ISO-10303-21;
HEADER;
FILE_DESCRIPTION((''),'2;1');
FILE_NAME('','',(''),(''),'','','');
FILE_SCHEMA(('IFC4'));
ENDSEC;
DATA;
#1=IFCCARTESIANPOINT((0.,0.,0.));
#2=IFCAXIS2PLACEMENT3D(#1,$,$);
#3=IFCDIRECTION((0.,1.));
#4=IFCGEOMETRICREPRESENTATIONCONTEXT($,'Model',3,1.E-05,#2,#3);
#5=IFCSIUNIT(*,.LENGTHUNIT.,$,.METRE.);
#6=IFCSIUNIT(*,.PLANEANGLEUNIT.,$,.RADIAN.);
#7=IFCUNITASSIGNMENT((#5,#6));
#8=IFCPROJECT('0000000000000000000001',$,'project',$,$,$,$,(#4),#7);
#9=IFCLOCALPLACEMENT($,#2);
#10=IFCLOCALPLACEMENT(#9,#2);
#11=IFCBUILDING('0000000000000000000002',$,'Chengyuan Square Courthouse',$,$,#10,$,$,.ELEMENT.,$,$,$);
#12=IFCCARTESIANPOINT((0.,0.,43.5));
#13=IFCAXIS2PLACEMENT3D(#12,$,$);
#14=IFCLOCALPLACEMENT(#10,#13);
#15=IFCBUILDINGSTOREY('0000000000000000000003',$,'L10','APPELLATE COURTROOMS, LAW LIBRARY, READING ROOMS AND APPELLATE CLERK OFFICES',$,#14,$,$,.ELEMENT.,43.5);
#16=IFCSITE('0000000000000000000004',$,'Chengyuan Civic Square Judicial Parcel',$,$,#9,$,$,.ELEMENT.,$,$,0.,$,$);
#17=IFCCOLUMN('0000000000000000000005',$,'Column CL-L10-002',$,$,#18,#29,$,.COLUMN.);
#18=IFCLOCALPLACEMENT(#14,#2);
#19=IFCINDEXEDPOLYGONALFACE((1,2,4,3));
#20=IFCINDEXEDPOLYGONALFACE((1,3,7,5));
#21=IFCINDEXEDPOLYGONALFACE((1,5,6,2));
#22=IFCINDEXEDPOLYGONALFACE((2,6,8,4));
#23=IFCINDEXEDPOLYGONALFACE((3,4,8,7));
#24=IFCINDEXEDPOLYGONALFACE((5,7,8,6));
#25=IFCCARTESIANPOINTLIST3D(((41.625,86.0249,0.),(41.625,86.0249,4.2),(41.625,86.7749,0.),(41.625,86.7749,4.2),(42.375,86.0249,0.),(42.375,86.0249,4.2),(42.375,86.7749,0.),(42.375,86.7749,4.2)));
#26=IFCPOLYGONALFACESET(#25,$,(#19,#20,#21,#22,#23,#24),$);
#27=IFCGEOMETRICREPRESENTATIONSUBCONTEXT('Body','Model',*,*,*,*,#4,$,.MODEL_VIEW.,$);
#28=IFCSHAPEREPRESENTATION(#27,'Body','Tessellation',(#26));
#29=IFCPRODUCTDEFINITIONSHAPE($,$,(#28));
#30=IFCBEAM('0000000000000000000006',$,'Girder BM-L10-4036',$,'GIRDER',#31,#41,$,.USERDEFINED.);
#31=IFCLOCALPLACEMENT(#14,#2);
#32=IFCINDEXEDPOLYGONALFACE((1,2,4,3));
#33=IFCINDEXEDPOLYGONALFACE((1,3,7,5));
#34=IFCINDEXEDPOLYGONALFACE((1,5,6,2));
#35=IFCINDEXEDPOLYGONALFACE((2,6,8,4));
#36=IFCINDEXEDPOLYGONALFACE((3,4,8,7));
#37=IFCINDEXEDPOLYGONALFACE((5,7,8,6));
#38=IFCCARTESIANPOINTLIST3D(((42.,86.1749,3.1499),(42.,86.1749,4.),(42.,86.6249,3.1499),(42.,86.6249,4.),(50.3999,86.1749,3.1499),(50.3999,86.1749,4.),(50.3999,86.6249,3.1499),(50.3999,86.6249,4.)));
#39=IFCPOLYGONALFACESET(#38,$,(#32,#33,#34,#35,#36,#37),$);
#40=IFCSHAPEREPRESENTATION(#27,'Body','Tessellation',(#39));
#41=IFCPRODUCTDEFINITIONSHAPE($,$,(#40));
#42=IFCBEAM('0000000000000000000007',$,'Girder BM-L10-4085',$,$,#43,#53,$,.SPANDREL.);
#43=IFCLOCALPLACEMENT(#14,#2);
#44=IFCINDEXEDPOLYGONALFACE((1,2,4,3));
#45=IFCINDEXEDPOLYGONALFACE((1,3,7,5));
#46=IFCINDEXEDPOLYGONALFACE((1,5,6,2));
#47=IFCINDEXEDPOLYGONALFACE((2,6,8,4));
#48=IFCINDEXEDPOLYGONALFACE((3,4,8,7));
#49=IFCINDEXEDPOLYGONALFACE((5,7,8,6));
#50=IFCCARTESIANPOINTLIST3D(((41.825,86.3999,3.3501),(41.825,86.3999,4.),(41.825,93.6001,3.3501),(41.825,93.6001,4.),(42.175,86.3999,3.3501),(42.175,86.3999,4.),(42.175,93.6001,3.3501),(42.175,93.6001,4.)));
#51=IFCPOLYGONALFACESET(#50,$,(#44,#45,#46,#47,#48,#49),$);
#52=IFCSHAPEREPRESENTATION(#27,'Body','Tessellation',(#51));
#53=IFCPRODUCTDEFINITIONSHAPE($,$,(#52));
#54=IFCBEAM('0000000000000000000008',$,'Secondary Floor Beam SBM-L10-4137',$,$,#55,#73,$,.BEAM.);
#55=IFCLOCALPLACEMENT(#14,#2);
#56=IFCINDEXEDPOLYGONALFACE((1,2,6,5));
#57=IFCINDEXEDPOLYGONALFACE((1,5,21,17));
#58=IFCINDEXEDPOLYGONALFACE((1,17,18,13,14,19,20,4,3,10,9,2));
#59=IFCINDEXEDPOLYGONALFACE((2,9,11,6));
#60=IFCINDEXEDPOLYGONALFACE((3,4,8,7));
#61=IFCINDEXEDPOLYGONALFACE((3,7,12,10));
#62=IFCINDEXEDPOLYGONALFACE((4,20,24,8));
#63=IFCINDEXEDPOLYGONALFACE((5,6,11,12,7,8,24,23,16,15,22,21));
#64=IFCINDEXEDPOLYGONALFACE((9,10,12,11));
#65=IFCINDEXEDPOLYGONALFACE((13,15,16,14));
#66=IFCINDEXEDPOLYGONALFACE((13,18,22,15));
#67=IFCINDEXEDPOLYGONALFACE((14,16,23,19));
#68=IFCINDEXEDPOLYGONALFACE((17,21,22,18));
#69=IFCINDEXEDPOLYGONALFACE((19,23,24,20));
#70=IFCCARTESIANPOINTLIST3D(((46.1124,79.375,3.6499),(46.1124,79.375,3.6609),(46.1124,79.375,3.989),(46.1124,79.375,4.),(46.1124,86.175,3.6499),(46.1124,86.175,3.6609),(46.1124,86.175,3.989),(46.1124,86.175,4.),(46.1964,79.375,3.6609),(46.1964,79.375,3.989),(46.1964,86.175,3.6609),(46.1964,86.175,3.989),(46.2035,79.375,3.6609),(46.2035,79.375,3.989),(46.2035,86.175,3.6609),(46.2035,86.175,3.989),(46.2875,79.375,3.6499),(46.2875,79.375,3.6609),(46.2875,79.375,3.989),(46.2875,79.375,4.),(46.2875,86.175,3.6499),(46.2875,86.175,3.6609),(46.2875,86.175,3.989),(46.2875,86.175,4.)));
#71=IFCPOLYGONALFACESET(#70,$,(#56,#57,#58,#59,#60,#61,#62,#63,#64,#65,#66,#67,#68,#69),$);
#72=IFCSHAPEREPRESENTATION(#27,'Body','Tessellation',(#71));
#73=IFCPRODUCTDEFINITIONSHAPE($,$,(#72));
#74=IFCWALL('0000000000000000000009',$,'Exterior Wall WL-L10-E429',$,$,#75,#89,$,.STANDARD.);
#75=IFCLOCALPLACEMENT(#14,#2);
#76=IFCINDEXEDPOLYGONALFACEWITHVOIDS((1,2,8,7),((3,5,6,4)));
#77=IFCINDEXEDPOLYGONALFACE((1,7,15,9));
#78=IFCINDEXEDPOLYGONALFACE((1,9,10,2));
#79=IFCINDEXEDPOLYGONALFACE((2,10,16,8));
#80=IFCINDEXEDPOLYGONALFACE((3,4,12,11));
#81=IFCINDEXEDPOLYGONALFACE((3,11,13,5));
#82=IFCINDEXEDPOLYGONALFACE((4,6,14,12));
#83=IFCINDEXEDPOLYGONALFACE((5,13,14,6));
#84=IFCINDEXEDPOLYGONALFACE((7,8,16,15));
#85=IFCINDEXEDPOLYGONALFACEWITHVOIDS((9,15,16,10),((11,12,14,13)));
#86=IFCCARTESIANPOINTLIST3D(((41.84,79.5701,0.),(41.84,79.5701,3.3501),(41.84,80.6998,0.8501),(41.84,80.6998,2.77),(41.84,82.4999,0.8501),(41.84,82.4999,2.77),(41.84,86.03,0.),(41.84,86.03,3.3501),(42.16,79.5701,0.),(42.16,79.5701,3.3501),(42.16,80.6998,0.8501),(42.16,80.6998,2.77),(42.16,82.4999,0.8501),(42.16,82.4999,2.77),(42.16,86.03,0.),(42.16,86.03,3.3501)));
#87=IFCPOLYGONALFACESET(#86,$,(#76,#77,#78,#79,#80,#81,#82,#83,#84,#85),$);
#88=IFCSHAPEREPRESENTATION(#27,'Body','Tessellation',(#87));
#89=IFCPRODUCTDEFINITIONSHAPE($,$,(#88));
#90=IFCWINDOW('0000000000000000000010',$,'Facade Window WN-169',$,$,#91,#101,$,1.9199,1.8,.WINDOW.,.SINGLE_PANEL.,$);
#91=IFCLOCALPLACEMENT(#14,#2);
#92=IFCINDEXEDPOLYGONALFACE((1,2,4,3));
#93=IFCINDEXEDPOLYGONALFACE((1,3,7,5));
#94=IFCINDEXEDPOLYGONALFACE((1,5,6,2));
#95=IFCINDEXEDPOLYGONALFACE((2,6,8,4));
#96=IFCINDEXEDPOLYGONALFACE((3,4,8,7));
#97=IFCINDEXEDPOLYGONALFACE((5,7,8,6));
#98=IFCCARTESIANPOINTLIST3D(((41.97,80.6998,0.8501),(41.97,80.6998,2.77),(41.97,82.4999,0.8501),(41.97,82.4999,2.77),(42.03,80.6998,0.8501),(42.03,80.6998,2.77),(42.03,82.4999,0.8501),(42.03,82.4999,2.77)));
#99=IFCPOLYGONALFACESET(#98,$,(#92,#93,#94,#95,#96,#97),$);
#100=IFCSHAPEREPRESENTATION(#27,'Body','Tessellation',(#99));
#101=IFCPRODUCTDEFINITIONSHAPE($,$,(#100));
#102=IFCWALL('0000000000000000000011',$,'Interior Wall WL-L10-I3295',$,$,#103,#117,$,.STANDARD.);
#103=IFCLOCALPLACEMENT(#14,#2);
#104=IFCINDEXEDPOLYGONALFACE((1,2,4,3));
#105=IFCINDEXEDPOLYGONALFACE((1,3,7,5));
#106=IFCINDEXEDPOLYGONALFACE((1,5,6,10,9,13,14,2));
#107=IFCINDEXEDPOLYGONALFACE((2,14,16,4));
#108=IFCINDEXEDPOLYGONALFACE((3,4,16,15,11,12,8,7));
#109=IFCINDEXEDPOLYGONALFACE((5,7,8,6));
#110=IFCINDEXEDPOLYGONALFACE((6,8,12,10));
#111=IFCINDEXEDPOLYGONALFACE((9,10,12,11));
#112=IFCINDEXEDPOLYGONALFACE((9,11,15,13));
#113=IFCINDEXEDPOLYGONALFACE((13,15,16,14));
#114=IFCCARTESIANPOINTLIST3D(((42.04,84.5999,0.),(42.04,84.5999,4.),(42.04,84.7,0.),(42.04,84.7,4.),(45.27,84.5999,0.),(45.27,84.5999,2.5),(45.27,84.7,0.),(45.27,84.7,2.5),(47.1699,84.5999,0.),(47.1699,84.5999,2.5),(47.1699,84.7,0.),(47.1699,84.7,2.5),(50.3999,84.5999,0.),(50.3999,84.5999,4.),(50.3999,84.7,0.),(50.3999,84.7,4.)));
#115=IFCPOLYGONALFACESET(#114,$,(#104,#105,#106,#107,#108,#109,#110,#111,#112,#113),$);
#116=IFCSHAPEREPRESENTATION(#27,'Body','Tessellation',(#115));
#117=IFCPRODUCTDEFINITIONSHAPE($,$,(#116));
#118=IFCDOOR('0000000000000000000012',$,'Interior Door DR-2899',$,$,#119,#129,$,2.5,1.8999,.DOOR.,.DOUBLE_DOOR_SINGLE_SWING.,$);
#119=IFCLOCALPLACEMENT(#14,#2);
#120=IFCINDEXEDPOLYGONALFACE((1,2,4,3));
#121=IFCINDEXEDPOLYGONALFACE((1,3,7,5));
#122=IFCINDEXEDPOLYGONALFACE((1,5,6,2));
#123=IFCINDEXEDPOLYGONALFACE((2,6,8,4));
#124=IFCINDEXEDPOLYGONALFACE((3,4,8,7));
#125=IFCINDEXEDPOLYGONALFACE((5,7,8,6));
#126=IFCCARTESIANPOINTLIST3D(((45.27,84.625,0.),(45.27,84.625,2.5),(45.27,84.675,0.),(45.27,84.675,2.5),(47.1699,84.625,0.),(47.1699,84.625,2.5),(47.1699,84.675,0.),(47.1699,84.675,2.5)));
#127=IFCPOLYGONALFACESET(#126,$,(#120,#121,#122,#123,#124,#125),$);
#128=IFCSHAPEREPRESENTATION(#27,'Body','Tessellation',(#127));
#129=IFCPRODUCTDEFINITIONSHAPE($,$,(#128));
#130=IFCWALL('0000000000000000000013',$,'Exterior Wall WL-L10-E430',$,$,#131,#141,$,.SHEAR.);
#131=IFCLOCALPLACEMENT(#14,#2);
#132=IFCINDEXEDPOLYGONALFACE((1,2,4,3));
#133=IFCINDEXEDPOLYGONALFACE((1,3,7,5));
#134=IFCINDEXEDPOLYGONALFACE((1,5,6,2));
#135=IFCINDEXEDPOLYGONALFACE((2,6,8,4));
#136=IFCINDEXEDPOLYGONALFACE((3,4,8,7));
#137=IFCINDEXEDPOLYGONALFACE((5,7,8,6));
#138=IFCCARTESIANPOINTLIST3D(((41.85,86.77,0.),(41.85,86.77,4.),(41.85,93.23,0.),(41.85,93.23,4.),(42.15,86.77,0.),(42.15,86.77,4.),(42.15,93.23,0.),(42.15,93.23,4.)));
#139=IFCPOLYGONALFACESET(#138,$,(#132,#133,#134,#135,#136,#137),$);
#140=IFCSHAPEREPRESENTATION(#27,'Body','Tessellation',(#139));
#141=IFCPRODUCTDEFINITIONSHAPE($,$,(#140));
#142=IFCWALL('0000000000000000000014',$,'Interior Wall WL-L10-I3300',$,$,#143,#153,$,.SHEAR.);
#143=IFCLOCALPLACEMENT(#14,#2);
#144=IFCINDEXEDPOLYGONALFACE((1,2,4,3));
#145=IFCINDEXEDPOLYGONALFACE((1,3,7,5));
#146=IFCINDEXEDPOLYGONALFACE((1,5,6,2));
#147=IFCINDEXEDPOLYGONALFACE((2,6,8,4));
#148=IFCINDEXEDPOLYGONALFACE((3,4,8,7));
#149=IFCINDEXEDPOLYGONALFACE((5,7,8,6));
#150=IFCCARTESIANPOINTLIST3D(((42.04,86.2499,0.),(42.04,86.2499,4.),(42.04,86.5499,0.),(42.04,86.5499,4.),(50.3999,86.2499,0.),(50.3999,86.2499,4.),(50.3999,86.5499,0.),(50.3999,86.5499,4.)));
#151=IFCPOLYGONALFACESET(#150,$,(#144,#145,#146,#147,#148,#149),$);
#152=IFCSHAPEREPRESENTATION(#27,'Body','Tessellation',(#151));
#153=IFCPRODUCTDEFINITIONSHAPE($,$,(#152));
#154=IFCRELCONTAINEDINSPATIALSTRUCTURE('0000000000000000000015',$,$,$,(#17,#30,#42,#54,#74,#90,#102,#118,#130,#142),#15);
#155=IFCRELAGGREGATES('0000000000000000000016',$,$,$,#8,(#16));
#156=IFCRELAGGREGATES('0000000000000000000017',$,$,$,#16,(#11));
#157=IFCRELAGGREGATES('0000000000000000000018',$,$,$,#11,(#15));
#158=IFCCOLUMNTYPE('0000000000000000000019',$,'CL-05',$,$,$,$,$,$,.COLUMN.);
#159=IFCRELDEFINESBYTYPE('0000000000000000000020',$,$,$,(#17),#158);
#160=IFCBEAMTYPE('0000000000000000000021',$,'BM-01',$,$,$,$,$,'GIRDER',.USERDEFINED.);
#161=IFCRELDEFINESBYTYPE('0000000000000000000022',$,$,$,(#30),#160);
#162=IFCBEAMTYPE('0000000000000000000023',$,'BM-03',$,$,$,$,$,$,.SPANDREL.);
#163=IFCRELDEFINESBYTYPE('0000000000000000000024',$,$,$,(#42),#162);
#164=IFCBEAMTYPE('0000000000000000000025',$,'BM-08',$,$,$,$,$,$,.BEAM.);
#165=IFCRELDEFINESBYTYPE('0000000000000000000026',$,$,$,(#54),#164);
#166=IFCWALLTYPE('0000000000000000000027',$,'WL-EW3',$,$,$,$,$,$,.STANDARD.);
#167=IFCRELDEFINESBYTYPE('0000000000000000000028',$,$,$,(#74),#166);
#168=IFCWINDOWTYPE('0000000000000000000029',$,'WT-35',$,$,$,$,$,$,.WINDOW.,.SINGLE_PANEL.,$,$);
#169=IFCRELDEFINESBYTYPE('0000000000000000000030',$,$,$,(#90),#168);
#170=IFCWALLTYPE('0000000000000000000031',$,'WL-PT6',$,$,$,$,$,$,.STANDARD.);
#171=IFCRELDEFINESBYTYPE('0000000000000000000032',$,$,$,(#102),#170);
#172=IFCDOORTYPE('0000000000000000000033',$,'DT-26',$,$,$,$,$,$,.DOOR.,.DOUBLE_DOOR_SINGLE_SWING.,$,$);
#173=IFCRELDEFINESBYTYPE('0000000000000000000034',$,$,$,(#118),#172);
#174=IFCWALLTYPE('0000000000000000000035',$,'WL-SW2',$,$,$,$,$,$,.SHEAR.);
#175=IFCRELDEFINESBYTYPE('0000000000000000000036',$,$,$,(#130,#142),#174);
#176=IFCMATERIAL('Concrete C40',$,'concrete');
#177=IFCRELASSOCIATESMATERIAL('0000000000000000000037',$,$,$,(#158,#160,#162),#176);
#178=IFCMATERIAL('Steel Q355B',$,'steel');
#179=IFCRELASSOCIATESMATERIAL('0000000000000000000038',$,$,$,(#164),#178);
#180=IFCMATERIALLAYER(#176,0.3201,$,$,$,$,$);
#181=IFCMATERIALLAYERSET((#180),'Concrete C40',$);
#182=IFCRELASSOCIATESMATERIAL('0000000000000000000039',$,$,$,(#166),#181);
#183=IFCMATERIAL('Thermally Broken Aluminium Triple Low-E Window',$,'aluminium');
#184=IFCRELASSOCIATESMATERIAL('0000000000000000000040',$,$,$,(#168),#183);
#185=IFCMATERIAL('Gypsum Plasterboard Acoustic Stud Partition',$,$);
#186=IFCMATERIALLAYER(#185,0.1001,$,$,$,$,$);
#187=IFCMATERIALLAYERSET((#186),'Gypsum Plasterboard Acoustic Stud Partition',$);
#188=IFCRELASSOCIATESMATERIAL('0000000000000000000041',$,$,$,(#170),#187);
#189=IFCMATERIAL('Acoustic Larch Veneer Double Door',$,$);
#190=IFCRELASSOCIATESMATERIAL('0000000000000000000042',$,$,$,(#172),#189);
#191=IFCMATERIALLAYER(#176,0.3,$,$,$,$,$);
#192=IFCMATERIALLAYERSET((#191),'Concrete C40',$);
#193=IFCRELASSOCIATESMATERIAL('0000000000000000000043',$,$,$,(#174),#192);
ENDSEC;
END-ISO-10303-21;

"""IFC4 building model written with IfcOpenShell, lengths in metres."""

from ifc_helpers import new_model, si_unit, direction, frame, frame_2d, origin, origin_2d, place, context, subcontext, project, spatial, rectangle, i_section, extrude, material, layer, layer_set, material_profile, profile_set, type_object, element, fill, save


model = new_model("IFC4")

# Units and contexts
model_context = context("Model", 3, precision=1e-05, world=origin(), true_north=direction((0.0, 1.0)))
body_context = subcontext(model_context, "Body", "Model", "MODEL_VIEW")
ifc_project = project(units=[si_unit("LENGTHUNIT", "METRE"), si_unit("PLANEANGLEUNIT", "RADIAN")], contexts=[model_context])

# Site, building, storey
site_placement = place(None, origin())
site = spatial("IfcSite", under=ifc_project, at=site_placement, Name="Chengyuan Civic Square Judicial Parcel", CompositionType="ELEMENT", RefElevation=0.0)
building_placement = place(site_placement, origin())
building = spatial("IfcBuilding", under=site, at=building_placement, Name="Chengyuan Square Courthouse", CompositionType="ELEMENT")
storey_placement = place(building_placement, frame((0.0, 0.0, 43.5)))
storey = spatial("IfcBuildingStorey", under=building, at=storey_placement, Name="L10", Description="APPELLATE COURTROOMS, LAW LIBRARY, READING ROOMS AND APPELLATE CLERK OFFICES", CompositionType="ELEMENT", Elevation=43.5)

# Column
ifc_material_1 = material(Name="Concrete C40", Category="concrete")
ifc_material_profile_1 = material_profile(ifc_material_1, rectangle(XDim=0.75, YDim=0.75, at=origin_2d()), Name="RC-COL-750x750")
ifc_profile_set_1 = profile_set([ifc_material_profile_1], Name="Concrete C40")
column_type = type_object("IfcColumnType", Name="CL-05", PredefinedType="COLUMN", material=ifc_profile_set_1)
column_placement = place(storey_placement, frame((42.0, 86.3999, 0.0), z_axis=(0.0, 0.0, 1.0), x_axis=(1.0, 0.0, 0.0)))
element("IfcColumn", 1, at=column_placement, inside=storey, type_object=column_type, Name="Column CL-L10-002", PredefinedType="COLUMN", context=body_context, shape_type="SweptSolid", body=[
    extrude(rectangle(XDim=0.75, YDim=0.75, at=origin_2d()), origin(), (0.0, 0.0, 1.0), 4.2),
])

# Beams
ifc_material_profile_2 = material_profile(ifc_material_1, rectangle(XDim=0.45, YDim=0.8501, at=origin_2d()), Name="RC-BM-450x850")
ifc_profile_set_2 = profile_set([ifc_material_profile_2], Name="Concrete C40")
beam_type_1 = type_object("IfcBeamType", Name="BM-01", ElementType="GIRDER", PredefinedType="USERDEFINED", material=ifc_profile_set_2)
beam_1_placement = place(storey_placement, frame((42.0, 86.3999, 3.575), z_axis=(1.0, 0.0, 0.0), x_axis=(0.0, 1.0, 0.0)))
element("IfcBeam", 2, at=beam_1_placement, inside=storey, type_object=beam_type_1, Name="Girder BM-L10-4036", ObjectType="GIRDER", PredefinedType="USERDEFINED", context=body_context, shape_type="SweptSolid", body=[
    extrude(rectangle(XDim=0.45, YDim=0.8501, at=origin_2d()), origin(), (0.0, 0.0, 1.0), 8.3999),
])
ifc_material_profile_3 = material_profile(ifc_material_1, rectangle(XDim=0.3501, YDim=0.6499, at=origin_2d()), Name="RC-BM-350x650")
ifc_profile_set_3 = profile_set([ifc_material_profile_3], Name="Concrete C40")
beam_type_2 = type_object("IfcBeamType", Name="BM-03", PredefinedType="SPANDREL", material=ifc_profile_set_3)
beam_2_placement = place(storey_placement, frame((42.0, 86.3999, 3.675), z_axis=(0.0, 1.0, 0.0), x_axis=(-1.0, 0.0, 0.0)))
element("IfcBeam", 3, at=beam_2_placement, inside=storey, type_object=beam_type_2, Name="Girder BM-L10-4085", PredefinedType="SPANDREL", context=body_context, shape_type="SweptSolid", body=[
    extrude(rectangle(XDim=0.3501, YDim=0.6499, at=origin_2d()), origin(), (0.0, 0.0, 1.0), 7.2002),
])
ifc_material_2 = material(Name="Steel Q355B", Category="steel")
ifc_material_profile_4 = material_profile(ifc_material_2, i_section(OverallWidth=0.175, OverallDepth=0.3501, WebThickness=0.0071, FlangeThickness=0.011, at=origin_2d()), Name="HN 350x175x7x11")
ifc_profile_set_4 = profile_set([ifc_material_profile_4], Name="Steel Q355B")
beam_type_3 = type_object("IfcBeamType", Name="BM-08", PredefinedType="BEAM", material=ifc_profile_set_4)
beam_3_placement = place(storey_placement, frame((46.2, 79.375, 3.825), z_axis=(0.0, 1.0, 0.0), x_axis=(-1.0, 0.0, 0.0)))
element("IfcBeam", 4, at=beam_3_placement, inside=storey, type_object=beam_type_3, Name="Secondary Floor Beam SBM-L10-4137", PredefinedType="BEAM", context=body_context, shape_type="SweptSolid", body=[
    extrude(i_section(OverallWidth=0.175, OverallDepth=0.3501, WebThickness=0.0071, FlangeThickness=0.011, at=origin_2d()), origin(), (0.0, 0.0, 1.0), 6.8),
])

# Wall, opening, window
ifc_layer_1 = layer(ifc_material_1, 0.3201)
ifc_layer_set_1 = layer_set([ifc_layer_1], Name="Concrete C40")
wall_type_1 = type_object("IfcWallType", Name="WL-EW3", PredefinedType="STANDARD", material=ifc_layer_set_1)
wall_1_placement = place(storey_placement, frame((42.0, 79.5701, 0.0), z_axis=(0.0, 0.0, 1.0), x_axis=(0.0, 1.0, 0.0)))
wall_1 = element("IfcWall", 5, at=wall_1_placement, inside=storey, type_object=wall_type_1, Name="Exterior Wall WL-L10-E429", PredefinedType="STANDARD", context=body_context, shape_type="SweptSolid", body=[
    extrude(rectangle(XDim=6.46, YDim=0.3201, at=frame_2d((3.23, 0.0))), origin(), (0.0, 0.0, 1.0), 3.3501),
])
opening_1_placement = place(wall_1_placement, frame((1.1299, 0.0, 0.8501)))
opening_1 = element("IfcOpeningElement", 6, at=opening_1_placement, cuts=wall_1, PredefinedType="OPENING", context=body_context, shape_type="SweptSolid", body=[
    extrude(rectangle(XDim=1.8, YDim=1.9199, at=frame_2d((0.8999, 0.96))), frame((0.0, 0.1721, 0.0), z_axis=(0.0, -1.0, 0.0), x_axis=(1.0, 0.0, 0.0)), (0.0, 0.0, 1.0), 0.344),
])
ifc_material_3 = material(Name="Thermally Broken Aluminium Triple Low-E Window", Category="aluminium")
window_type = type_object("IfcWindowType", Name="WT-35", PartitioningType="SINGLE_PANEL", PredefinedType="WINDOW", material=ifc_material_3)
window_placement = place(opening_1_placement, origin())
window = element("IfcWindow", 7, at=window_placement, inside=storey, type_object=window_type, Name="Facade Window WN-169", OverallHeight=1.9199, OverallWidth=1.8, PartitioningType="SINGLE_PANEL", PredefinedType="WINDOW", context=body_context, shape_type="SweptSolid", body=[
    extrude(rectangle(XDim=1.8, YDim=1.9199, at=frame_2d((0.8999, 0.96))), frame((0.0, 0.03, 0.0), z_axis=(0.0, -1.0, 0.0), x_axis=(1.0, 0.0, 0.0)), (0.0, 0.0, 1.0), 0.0601),
])
fill(opening_1, window)

# Wall, opening, door
ifc_material_4 = material(Name="Gypsum Plasterboard Acoustic Stud Partition")
ifc_layer_2 = layer(ifc_material_4, 0.1001)
ifc_layer_set_2 = layer_set([ifc_layer_2], Name="Gypsum Plasterboard Acoustic Stud Partition")
wall_type_2 = type_object("IfcWallType", Name="WL-PT6", PredefinedType="STANDARD", material=ifc_layer_set_2)
wall_2_placement = place(storey_placement, frame((42.04, 84.6499, 0.0), z_axis=(0.0, 0.0, 1.0), x_axis=(1.0, 0.0, 0.0)))
wall_2 = element("IfcWall", 8, at=wall_2_placement, inside=storey, type_object=wall_type_2, Name="Interior Wall WL-L10-I3295", PredefinedType="STANDARD", context=body_context, shape_type="SweptSolid", body=[
    extrude(rectangle(XDim=8.3599, YDim=0.1001, at=frame_2d((4.1799, 0.0))), origin(), (0.0, 0.0, 1.0), 4.0),
])
opening_2_placement = place(wall_2_placement, frame((3.23, 0.0, 0.0)))
opening_2 = element("IfcOpeningElement", 9, at=opening_2_placement, cuts=wall_2, PredefinedType="OPENING", context=body_context, shape_type="SweptSolid", body=[
    extrude(rectangle(XDim=1.8999, YDim=2.5, at=frame_2d((0.95, 1.25))), frame((0.0, 0.062, 0.0), z_axis=(0.0, -1.0, 0.0), x_axis=(1.0, 0.0, 0.0)), (0.0, 0.0, 1.0), 0.124),
])
ifc_material_5 = material(Name="Acoustic Larch Veneer Double Door")
door_type = type_object("IfcDoorType", Name="DT-26", OperationType="DOUBLE_DOOR_SINGLE_SWING", PredefinedType="DOOR", material=ifc_material_5)
door_placement = place(opening_2_placement, frame((1.8999, 0.0, 0.0), z_axis=(0.0, 0.0, 1.0), x_axis=(-1.0, 0.0, 0.0)))
door = element("IfcDoor", 10, at=door_placement, inside=storey, type_object=door_type, Name="Interior Door DR-2899", OperationType="DOUBLE_DOOR_SINGLE_SWING", OverallHeight=2.5, OverallWidth=1.8999, PredefinedType="DOOR", context=body_context, shape_type="SweptSolid", body=[
    extrude(rectangle(XDim=1.8999, YDim=2.5, at=frame_2d((0.95, 1.25))), frame((0.0, 0.0249, 0.0), z_axis=(0.0, -1.0, 0.0), x_axis=(1.0, 0.0, 0.0)), (0.0, 0.0, 1.0), 0.05),
])
fill(opening_2, door)

# Walls
ifc_layer_3 = layer(ifc_material_1, 0.3)
ifc_layer_set_3 = layer_set([ifc_layer_3], Name="Concrete C40")
wall_type_3 = type_object("IfcWallType", Name="WL-SW2", PredefinedType="SHEAR", material=ifc_layer_set_3)
wall_3_placement = place(storey_placement, frame((42.0, 86.77, 0.0), z_axis=(0.0, 0.0, 1.0), x_axis=(0.0, 1.0, 0.0)))
element("IfcWall", 11, at=wall_3_placement, inside=storey, type_object=wall_type_3, Name="Exterior Wall WL-L10-E430", PredefinedType="SHEAR", context=body_context, shape_type="SweptSolid", body=[
    extrude(rectangle(XDim=6.46, YDim=0.3, at=frame_2d((3.23, 0.0))), origin(), (0.0, 0.0, 1.0), 4.0),
])
wall_4_placement = place(storey_placement, frame((42.04, 86.3999, 0.0), z_axis=(0.0, 0.0, 1.0), x_axis=(1.0, 0.0, 0.0)))
element("IfcWall", 12, at=wall_4_placement, inside=storey, type_object=wall_type_3, Name="Interior Wall WL-L10-I3300", PredefinedType="SHEAR", context=body_context, shape_type="SweptSolid", body=[
    extrude(rectangle(XDim=8.3599, YDim=0.3, at=frame_2d((4.1799, 0.0))), origin(), (0.0, 0.0, 1.0), 4.0),
])

save(model, "model.ifc")
